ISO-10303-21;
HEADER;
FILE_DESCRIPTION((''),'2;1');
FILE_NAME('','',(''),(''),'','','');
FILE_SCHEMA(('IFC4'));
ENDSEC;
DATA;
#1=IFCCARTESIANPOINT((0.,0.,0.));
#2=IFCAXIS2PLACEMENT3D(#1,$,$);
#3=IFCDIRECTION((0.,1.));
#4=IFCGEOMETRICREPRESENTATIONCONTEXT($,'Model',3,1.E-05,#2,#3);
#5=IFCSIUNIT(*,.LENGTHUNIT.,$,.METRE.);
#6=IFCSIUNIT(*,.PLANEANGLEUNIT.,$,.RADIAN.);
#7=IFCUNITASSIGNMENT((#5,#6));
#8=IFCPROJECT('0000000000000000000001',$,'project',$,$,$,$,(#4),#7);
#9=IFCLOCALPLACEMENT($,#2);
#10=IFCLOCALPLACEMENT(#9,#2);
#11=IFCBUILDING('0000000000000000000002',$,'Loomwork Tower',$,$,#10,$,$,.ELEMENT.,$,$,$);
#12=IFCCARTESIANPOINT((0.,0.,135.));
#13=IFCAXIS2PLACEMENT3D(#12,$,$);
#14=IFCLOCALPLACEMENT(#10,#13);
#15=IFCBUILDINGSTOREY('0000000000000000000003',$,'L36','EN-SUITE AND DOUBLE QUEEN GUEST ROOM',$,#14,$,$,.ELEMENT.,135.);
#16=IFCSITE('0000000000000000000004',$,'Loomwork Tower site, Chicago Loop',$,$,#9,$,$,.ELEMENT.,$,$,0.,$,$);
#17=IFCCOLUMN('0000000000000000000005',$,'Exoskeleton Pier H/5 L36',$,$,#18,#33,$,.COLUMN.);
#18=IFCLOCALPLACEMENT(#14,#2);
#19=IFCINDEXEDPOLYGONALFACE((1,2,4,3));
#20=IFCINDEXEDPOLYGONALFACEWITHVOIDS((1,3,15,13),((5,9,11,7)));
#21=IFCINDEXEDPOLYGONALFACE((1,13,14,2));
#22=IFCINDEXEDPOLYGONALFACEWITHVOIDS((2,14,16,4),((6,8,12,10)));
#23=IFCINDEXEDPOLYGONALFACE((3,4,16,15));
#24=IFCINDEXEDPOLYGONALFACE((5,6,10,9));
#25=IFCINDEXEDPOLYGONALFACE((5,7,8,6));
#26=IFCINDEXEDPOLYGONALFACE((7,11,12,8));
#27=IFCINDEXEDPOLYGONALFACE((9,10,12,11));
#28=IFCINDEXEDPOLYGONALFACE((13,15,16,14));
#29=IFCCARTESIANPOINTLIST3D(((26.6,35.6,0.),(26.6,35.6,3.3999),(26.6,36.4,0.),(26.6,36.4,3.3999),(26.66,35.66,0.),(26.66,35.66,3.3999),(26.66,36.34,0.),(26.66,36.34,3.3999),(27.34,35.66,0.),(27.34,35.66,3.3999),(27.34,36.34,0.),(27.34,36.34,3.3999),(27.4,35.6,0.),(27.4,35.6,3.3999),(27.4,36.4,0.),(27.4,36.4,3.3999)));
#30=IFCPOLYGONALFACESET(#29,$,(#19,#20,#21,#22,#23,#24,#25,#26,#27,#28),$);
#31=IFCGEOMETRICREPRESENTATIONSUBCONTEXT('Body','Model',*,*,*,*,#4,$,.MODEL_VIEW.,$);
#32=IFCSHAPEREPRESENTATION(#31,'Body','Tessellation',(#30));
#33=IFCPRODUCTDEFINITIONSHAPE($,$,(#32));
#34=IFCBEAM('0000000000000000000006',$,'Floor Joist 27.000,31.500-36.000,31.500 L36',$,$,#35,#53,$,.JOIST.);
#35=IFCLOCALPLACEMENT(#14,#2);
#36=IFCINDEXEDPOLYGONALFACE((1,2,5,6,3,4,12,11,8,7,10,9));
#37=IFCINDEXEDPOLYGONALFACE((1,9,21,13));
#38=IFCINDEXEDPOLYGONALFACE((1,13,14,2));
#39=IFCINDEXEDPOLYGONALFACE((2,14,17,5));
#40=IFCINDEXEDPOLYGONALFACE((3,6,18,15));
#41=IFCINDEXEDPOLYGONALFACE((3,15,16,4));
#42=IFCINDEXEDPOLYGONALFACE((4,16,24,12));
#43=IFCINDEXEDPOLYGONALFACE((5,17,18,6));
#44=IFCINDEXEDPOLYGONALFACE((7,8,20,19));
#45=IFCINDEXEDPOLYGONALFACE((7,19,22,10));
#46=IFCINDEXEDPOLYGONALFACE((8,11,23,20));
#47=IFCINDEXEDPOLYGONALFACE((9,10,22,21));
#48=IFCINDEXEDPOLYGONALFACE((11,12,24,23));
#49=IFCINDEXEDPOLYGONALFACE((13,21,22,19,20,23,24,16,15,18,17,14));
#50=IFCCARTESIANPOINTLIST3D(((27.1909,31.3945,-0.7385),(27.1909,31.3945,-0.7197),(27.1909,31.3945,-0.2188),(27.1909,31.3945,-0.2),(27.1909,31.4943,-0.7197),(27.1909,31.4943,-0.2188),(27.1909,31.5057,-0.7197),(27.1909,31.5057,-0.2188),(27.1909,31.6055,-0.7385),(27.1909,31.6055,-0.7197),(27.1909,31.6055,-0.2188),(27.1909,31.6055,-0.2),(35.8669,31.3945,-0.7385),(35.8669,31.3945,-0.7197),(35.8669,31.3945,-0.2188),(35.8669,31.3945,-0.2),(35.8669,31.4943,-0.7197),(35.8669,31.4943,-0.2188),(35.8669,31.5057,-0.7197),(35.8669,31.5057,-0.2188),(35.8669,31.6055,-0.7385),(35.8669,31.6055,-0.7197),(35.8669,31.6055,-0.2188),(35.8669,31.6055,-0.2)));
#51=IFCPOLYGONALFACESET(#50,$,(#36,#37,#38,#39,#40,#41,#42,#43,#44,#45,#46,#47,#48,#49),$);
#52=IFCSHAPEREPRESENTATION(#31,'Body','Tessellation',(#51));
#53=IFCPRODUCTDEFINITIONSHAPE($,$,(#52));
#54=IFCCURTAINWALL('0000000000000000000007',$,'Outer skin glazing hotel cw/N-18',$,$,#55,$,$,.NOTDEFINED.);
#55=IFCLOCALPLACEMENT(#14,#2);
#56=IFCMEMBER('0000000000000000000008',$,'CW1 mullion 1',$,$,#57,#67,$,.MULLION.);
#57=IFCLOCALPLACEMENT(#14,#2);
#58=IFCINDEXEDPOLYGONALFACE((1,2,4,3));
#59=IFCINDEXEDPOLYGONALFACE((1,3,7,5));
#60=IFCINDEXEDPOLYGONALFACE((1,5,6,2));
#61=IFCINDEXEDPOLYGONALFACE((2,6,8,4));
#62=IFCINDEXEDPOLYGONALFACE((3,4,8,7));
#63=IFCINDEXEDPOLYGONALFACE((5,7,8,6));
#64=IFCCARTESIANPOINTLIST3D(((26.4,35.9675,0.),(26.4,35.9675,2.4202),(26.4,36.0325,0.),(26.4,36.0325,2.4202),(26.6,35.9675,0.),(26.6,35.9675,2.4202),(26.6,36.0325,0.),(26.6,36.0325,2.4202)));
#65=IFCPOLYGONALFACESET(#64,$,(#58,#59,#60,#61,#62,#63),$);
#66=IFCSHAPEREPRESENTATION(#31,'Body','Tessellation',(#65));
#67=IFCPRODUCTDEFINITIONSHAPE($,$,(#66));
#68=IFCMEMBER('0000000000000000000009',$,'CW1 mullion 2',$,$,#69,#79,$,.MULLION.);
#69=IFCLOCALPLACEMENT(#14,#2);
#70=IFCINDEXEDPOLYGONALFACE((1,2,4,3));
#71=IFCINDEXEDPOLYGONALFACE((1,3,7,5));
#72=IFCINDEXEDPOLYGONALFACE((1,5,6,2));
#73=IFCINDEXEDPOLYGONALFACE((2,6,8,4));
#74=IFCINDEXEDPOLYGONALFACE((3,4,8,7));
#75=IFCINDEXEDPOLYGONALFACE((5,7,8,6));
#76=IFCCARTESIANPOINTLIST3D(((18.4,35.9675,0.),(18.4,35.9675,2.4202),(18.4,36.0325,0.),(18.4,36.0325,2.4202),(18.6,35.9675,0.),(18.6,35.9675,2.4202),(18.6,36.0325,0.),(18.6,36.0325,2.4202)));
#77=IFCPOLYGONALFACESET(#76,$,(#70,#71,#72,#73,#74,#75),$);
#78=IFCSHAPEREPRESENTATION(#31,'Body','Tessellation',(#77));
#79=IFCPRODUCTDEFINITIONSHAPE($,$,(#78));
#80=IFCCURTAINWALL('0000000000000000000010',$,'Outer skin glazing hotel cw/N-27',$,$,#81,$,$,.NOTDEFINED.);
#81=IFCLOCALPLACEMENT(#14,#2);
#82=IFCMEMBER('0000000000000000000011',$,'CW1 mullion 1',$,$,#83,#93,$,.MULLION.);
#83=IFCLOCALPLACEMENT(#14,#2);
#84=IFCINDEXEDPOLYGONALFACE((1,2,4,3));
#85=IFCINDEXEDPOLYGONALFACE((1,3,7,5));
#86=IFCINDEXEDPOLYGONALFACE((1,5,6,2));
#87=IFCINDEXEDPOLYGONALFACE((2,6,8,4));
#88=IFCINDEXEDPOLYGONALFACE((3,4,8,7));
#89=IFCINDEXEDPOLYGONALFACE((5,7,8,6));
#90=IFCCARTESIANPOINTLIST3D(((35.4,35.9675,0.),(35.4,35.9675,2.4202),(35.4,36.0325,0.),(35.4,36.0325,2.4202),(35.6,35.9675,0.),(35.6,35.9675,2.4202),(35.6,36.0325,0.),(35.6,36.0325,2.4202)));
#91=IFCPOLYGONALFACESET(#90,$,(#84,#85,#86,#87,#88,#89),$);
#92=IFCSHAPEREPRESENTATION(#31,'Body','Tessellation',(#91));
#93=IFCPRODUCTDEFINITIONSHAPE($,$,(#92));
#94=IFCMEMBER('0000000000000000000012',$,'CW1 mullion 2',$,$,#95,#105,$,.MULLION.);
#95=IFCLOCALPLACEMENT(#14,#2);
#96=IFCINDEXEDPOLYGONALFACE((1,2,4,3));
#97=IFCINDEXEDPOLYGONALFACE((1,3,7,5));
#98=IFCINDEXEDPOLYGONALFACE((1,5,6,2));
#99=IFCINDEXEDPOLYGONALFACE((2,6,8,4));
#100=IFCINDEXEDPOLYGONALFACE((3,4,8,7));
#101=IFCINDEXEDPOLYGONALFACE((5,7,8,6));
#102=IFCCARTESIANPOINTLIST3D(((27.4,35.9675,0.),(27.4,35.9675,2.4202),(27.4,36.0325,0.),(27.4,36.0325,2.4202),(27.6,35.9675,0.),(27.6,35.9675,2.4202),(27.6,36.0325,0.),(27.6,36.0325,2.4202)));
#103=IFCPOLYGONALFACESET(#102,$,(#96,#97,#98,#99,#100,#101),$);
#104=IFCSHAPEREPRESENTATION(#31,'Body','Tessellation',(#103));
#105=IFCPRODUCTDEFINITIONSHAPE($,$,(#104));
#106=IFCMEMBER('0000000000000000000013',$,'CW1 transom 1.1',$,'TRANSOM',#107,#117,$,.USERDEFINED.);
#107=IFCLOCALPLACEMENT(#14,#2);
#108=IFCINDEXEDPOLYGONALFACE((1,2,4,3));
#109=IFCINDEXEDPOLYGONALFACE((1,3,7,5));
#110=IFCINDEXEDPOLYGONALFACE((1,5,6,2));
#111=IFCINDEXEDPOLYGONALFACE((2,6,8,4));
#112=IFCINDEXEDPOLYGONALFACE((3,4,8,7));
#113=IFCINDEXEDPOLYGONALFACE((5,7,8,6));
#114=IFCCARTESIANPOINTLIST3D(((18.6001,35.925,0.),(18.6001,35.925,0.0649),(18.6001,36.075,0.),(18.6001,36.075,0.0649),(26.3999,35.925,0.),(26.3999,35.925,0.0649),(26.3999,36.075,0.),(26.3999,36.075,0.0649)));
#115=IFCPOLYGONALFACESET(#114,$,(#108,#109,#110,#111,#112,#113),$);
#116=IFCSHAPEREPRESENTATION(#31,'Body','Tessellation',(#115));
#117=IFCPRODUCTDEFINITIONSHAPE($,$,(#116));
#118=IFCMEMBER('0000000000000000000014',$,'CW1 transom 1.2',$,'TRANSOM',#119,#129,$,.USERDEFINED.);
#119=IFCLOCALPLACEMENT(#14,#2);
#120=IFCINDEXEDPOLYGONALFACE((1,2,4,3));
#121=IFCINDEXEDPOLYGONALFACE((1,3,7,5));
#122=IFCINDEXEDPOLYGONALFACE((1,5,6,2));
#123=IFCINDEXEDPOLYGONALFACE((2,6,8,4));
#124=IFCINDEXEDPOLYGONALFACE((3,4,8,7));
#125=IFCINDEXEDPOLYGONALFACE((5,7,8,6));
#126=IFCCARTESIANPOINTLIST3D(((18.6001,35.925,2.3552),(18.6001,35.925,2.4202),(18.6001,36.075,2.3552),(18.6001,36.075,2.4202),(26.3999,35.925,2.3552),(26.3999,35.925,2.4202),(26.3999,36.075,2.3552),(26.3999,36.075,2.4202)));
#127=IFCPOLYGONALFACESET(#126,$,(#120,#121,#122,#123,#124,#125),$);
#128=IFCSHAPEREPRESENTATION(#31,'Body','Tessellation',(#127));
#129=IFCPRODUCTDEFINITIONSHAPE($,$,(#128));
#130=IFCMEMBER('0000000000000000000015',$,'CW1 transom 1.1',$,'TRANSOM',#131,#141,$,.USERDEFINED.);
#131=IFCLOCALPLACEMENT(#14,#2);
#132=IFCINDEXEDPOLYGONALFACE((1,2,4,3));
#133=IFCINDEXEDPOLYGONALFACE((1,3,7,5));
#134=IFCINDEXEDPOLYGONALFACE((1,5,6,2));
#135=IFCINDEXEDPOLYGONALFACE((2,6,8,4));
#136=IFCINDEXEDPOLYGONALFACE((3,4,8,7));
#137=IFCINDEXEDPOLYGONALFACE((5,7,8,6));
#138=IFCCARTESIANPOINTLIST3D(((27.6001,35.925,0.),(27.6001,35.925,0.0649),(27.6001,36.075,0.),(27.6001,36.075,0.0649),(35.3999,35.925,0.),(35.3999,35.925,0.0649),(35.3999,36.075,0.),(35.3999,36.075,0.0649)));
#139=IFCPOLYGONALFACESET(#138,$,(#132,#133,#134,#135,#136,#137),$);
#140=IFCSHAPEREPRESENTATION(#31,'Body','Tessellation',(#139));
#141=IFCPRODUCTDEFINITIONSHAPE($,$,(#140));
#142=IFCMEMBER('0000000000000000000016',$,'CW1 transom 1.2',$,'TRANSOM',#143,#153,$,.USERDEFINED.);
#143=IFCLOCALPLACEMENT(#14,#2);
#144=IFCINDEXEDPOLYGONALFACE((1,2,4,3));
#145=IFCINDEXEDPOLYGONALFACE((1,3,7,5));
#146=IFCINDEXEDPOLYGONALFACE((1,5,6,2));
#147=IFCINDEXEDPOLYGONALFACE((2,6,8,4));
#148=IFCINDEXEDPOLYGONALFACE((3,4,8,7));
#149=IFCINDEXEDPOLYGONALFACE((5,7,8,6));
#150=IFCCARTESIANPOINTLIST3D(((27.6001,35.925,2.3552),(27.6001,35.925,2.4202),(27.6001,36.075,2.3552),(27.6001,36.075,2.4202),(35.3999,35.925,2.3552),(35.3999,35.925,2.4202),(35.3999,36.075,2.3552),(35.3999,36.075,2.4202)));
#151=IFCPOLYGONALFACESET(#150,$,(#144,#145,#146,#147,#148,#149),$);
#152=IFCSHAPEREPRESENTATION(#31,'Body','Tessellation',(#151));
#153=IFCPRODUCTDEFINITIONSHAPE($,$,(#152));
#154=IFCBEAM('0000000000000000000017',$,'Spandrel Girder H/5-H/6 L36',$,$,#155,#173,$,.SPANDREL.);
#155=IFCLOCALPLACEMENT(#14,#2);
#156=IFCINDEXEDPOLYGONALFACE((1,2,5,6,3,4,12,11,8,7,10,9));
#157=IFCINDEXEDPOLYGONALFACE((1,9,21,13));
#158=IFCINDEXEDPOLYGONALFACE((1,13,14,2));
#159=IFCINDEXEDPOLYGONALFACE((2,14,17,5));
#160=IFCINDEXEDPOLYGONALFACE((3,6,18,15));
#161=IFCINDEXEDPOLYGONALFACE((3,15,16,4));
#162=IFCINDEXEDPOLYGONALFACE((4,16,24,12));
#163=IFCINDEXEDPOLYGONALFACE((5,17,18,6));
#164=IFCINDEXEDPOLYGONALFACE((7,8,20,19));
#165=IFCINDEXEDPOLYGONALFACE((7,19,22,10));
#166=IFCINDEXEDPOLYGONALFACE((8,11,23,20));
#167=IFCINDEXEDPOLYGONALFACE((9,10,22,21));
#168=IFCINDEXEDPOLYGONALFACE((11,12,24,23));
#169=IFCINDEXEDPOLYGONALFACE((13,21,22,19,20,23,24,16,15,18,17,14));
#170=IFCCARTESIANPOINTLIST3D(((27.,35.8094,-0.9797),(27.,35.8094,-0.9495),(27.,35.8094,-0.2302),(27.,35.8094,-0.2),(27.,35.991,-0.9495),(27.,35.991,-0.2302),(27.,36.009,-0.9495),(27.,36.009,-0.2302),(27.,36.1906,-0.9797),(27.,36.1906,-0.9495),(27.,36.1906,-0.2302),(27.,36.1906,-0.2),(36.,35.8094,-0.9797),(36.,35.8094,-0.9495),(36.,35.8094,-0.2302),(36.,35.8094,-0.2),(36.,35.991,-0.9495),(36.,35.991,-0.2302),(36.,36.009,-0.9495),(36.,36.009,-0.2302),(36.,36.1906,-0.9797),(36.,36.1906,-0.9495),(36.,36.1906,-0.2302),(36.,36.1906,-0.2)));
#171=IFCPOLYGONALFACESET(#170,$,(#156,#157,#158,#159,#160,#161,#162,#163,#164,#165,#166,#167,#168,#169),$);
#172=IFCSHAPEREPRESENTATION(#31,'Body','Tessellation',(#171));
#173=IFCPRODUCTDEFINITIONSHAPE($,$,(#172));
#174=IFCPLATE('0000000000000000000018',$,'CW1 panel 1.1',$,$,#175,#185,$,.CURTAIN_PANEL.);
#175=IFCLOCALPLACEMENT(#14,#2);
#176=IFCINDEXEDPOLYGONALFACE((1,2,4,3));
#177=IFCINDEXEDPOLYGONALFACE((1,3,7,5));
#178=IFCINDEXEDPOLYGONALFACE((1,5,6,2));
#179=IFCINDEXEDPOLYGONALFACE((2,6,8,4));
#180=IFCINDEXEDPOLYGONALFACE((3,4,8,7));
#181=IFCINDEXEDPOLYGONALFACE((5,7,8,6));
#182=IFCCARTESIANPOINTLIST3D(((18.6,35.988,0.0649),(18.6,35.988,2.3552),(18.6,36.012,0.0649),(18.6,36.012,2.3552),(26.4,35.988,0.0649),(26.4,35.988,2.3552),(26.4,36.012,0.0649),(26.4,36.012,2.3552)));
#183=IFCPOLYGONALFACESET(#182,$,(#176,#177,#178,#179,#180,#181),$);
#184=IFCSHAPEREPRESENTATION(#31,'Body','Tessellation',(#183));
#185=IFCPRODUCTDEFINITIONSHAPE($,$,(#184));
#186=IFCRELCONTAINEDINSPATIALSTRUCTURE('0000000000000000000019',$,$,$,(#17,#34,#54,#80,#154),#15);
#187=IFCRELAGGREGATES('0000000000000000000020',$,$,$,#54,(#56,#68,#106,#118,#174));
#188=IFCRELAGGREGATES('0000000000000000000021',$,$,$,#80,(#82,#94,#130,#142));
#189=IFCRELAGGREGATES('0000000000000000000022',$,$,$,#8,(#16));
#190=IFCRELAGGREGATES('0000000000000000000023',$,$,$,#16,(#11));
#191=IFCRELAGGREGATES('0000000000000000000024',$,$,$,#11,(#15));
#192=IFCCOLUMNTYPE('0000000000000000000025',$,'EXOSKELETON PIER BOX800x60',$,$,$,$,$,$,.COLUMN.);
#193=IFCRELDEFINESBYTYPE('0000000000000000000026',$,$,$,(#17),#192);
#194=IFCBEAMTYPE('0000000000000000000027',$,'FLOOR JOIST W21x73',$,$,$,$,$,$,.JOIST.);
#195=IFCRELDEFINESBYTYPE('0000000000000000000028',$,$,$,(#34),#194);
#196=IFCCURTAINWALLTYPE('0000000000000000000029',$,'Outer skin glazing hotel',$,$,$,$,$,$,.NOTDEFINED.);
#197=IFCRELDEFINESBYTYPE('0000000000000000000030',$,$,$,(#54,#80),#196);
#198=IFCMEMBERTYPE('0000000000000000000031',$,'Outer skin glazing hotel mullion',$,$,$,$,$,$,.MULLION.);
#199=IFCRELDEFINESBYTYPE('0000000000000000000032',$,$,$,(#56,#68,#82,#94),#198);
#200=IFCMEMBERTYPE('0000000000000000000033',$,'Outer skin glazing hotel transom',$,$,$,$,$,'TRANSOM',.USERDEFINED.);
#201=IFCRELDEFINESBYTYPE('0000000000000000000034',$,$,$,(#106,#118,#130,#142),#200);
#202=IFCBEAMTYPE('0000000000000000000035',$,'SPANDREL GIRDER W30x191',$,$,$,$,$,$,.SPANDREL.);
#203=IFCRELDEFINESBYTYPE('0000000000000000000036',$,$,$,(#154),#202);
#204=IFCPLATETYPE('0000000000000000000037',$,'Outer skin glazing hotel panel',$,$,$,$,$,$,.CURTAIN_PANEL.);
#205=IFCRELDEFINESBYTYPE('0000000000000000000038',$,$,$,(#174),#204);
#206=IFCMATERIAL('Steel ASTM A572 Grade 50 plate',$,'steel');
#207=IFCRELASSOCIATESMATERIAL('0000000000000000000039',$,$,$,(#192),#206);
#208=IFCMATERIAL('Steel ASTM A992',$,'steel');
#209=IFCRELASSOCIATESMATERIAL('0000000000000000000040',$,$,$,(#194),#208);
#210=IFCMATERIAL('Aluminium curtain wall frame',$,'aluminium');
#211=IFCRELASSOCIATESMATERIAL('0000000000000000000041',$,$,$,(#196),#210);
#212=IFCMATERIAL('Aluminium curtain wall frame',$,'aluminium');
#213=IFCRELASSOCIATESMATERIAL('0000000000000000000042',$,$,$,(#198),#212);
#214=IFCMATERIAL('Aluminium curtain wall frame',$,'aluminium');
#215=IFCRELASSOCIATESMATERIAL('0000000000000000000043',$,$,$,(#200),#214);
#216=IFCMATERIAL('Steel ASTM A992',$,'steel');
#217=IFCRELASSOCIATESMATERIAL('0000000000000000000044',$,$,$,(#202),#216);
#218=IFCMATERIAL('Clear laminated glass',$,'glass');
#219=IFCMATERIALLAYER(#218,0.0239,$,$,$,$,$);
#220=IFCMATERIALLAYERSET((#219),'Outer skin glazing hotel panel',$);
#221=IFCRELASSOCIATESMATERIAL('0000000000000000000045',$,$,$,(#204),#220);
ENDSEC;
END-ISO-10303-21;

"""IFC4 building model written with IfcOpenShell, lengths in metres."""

from ifc_helpers import new_model, si_unit, direction, frame, origin, origin_2d, place, context, subcontext, project, spatial, rectangle, hollow_rectangle, i_section, extrude, material, layer, layer_set, material_profile, profile_set, type_object, element, aggregate, save


model = new_model("IFC4")

# Units and contexts
model_context = context("Model", 3, precision=1e-05, world=origin(), true_north=direction((0.0, 1.0)))
body_context = subcontext(model_context, "Body", "Model", "MODEL_VIEW")
ifc_project = project(units=[si_unit("LENGTHUNIT", "METRE"), si_unit("PLANEANGLEUNIT", "RADIAN")], contexts=[model_context])

# Site, building, storey
site_placement = place(None, origin())
site = spatial("IfcSite", under=ifc_project, at=site_placement, Name="Loomwork Tower site, Chicago Loop", CompositionType="ELEMENT", RefElevation=0.0)
building_placement = place(site_placement, origin())
building = spatial("IfcBuilding", under=site, at=building_placement, Name="Loomwork Tower", CompositionType="ELEMENT")
storey_placement = place(building_placement, frame((0.0, 0.0, 135.0)))
storey = spatial("IfcBuildingStorey", under=building, at=storey_placement, Name="L36", Description="EN-SUITE AND DOUBLE QUEEN GUEST ROOM", CompositionType="ELEMENT", Elevation=135.0)

# Column
ifc_material_1 = material(Name="Steel ASTM A572 Grade 50 plate", Category="steel")
ifc_material_profile_1 = material_profile(ifc_material_1, hollow_rectangle(XDim=0.8, YDim=0.8, WallThickness=0.0601, at=origin_2d()), Name="BOX800x60")
ifc_profile_set_1 = profile_set([ifc_material_profile_1], Name="Steel ASTM A572 Grade 50 plate")
column_type = type_object("IfcColumnType", Name="EXOSKELETON PIER BOX800x60", PredefinedType="COLUMN", material=ifc_profile_set_1)
column_placement = place(storey_placement, frame((27.0, 36.0, 0.0), z_axis=(0.0, 0.0, 1.0), x_axis=(1.0, 0.0, 0.0)))
element("IfcColumn", 1, at=column_placement, inside=storey, type_object=column_type, Name="Exoskeleton Pier H/5 L36", PredefinedType="COLUMN", context=body_context, shape_type="SweptSolid", body=[
    extrude(hollow_rectangle(XDim=0.8, YDim=0.8, WallThickness=0.0601, at=origin_2d()), origin(), (0.0, 0.0, 1.0), 3.3999),
])

# Beam
ifc_material_2 = material(Name="Steel ASTM A992", Category="steel")
ifc_material_profile_2 = material_profile(ifc_material_2, i_section(OverallWidth=0.2109, OverallDepth=0.5386, WebThickness=0.0115, FlangeThickness=0.0188, at=origin_2d()), Name="W21x73")
ifc_profile_set_2 = profile_set([ifc_material_profile_2], Name="Steel ASTM A992")
beam_type_1 = type_object("IfcBeamType", Name="FLOOR JOIST W21x73", PredefinedType="JOIST", material=ifc_profile_set_2)
beam_1_placement = place(storey_placement, frame((27.1909, 31.5, -0.4692), z_axis=(1.0, 0.0, 0.0), x_axis=(0.0, 1.0, 0.0)))
element("IfcBeam", 2, at=beam_1_placement, inside=storey, type_object=beam_type_1, Name="Floor Joist 27.000,31.500-36.000,31.500 L36", PredefinedType="JOIST", context=body_context, shape_type="SweptSolid", body=[
    extrude(i_section(OverallWidth=0.2109, OverallDepth=0.5386, WebThickness=0.0115, FlangeThickness=0.0188, at=origin_2d()), origin(), (0.0, 0.0, 1.0), 8.676),
])

# Curtain walls, members
ifc_material_3 = material(Name="Aluminium curtain wall frame", Category="aluminium")
curtain_wall_type = type_object("IfcCurtainWallType", Name="Outer skin glazing hotel", PredefinedType="NOTDEFINED", material=ifc_material_3)
curtain_wall_1_placement = place(storey_placement, origin())
curtain_wall_1 = element("IfcCurtainWall", 3, at=curtain_wall_1_placement, inside=storey, type_object=curtain_wall_type, Name="Outer skin glazing hotel cw/N-18", PredefinedType="NOTDEFINED")
ifc_material_4 = material(Name="Aluminium curtain wall frame", Category="aluminium")
ifc_material_profile_3 = material_profile(ifc_material_4, rectangle(XDim=0.0649, YDim=0.2, at=origin_2d()), Name="AL 65x200")
ifc_profile_set_3 = profile_set([ifc_material_profile_3], Name="Aluminium curtain wall frame")
member_type_1 = type_object("IfcMemberType", Name="Outer skin glazing hotel mullion", PredefinedType="MULLION", material=ifc_profile_set_3)
member_1_placement = place(storey_placement, frame((26.5, 36.0, 0.0), z_axis=(0.0, 0.0, 1.0), x_axis=(0.0, -1.0, 0.0)))
member_1 = element("IfcMember", 4, at=member_1_placement, type_object=member_type_1, Name="CW1 mullion 1", PredefinedType="MULLION", context=body_context, shape_type="SweptSolid", body=[
    extrude(rectangle(XDim=0.0649, YDim=0.2, at=origin_2d()), origin(), (0.0, 0.0, 1.0), 2.4202),
])
member_2_placement = place(storey_placement, frame((18.5, 36.0, 0.0), z_axis=(0.0, 0.0, 1.0), x_axis=(0.0, -1.0, 0.0)))
member_2 = element("IfcMember", 5, at=member_2_placement, type_object=member_type_1, Name="CW1 mullion 2", PredefinedType="MULLION", context=body_context, shape_type="SweptSolid", body=[
    extrude(rectangle(XDim=0.0649, YDim=0.2, at=origin_2d()), origin(), (0.0, 0.0, 1.0), 2.4202),
])
curtain_wall_2_placement = place(storey_placement, origin())
curtain_wall_2 = element("IfcCurtainWall", 6, at=curtain_wall_2_placement, inside=storey, type_object=curtain_wall_type, Name="Outer skin glazing hotel cw/N-27", PredefinedType="NOTDEFINED")
member_3_placement = place(storey_placement, frame((35.5, 36.0, 0.0), z_axis=(0.0, 0.0, 1.0), x_axis=(0.0, -1.0, 0.0)))
member_3 = element("IfcMember", 7, at=member_3_placement, type_object=member_type_1, Name="CW1 mullion 1", PredefinedType="MULLION", context=body_context, shape_type="SweptSolid", body=[
    extrude(rectangle(XDim=0.0649, YDim=0.2, at=origin_2d()), origin(), (0.0, 0.0, 1.0), 2.4202),
])
member_4_placement = place(storey_placement, frame((27.5, 36.0, 0.0), z_axis=(0.0, 0.0, 1.0), x_axis=(0.0, -1.0, 0.0)))
member_4 = element("IfcMember", 8, at=member_4_placement, type_object=member_type_1, Name="CW1 mullion 2", PredefinedType="MULLION", context=body_context, shape_type="SweptSolid", body=[
    extrude(rectangle(XDim=0.0649, YDim=0.2, at=origin_2d()), origin(), (0.0, 0.0, 1.0), 2.4202),
])

# Members
ifc_material_5 = material(Name="Aluminium curtain wall frame", Category="aluminium")
ifc_material_profile_4 = material_profile(ifc_material_5, rectangle(XDim=0.1499, YDim=0.0649, at=origin_2d()), Name="AL 65x150")
ifc_profile_set_4 = profile_set([ifc_material_profile_4], Name="Aluminium curtain wall frame")
member_type_2 = type_object("IfcMemberType", Name="Outer skin glazing hotel transom", ElementType="TRANSOM", PredefinedType="USERDEFINED", material=ifc_profile_set_4)
member_5_placement = place(storey_placement, frame((26.3999, 36.0, 0.0325), z_axis=(-1.0, 0.0, 0.0), x_axis=(0.0, -1.0, 0.0)))
member_5 = element("IfcMember", 9, at=member_5_placement, type_object=member_type_2, Name="CW1 transom 1.1", ObjectType="TRANSOM", PredefinedType="USERDEFINED", context=body_context, shape_type="SweptSolid", body=[
    extrude(rectangle(XDim=0.1499, YDim=0.0649, at=origin_2d()), origin(), (0.0, 0.0, 1.0), 7.7998),
])
member_6_placement = place(storey_placement, frame((26.3999, 36.0, 2.3877), z_axis=(-1.0, 0.0, 0.0), x_axis=(0.0, -1.0, 0.0)))
member_6 = element("IfcMember", 10, at=member_6_placement, type_object=member_type_2, Name="CW1 transom 1.2", ObjectType="TRANSOM", PredefinedType="USERDEFINED", context=body_context, shape_type="SweptSolid", body=[
    extrude(rectangle(XDim=0.1499, YDim=0.0649, at=origin_2d()), origin(), (0.0, 0.0, 1.0), 7.7998),
])
member_7_placement = place(storey_placement, frame((35.3999, 36.0, 0.0325), z_axis=(-1.0, 0.0, 0.0), x_axis=(0.0, -1.0, 0.0)))
member_7 = element("IfcMember", 11, at=member_7_placement, type_object=member_type_2, Name="CW1 transom 1.1", ObjectType="TRANSOM", PredefinedType="USERDEFINED", context=body_context, shape_type="SweptSolid", body=[
    extrude(rectangle(XDim=0.1499, YDim=0.0649, at=origin_2d()), origin(), (0.0, 0.0, 1.0), 7.7998),
])
member_8_placement = place(storey_placement, frame((35.3999, 36.0, 2.3877), z_axis=(-1.0, 0.0, 0.0), x_axis=(0.0, -1.0, 0.0)))
member_8 = element("IfcMember", 12, at=member_8_placement, type_object=member_type_2, Name="CW1 transom 1.2", ObjectType="TRANSOM", PredefinedType="USERDEFINED", context=body_context, shape_type="SweptSolid", body=[
    extrude(rectangle(XDim=0.1499, YDim=0.0649, at=origin_2d()), origin(), (0.0, 0.0, 1.0), 7.7998),
])

# Beam
ifc_material_6 = material(Name="Steel ASTM A992", Category="steel")
ifc_material_profile_5 = material_profile(ifc_material_6, i_section(OverallWidth=0.3811, OverallDepth=0.7798, WebThickness=0.0181, FlangeThickness=0.0303, at=origin_2d()), Name="W30x191")
ifc_profile_set_5 = profile_set([ifc_material_profile_5], Name="Steel ASTM A992")
beam_type_2 = type_object("IfcBeamType", Name="SPANDREL GIRDER W30x191", PredefinedType="SPANDREL", material=ifc_profile_set_5)
beam_2_placement = place(storey_placement, frame((27.0, 36.0, -0.5898), z_axis=(1.0, 0.0, 0.0), x_axis=(0.0, 1.0, 0.0)))
element("IfcBeam", 13, at=beam_2_placement, inside=storey, type_object=beam_type_2, Name="Spandrel Girder H/5-H/6 L36", PredefinedType="SPANDREL", context=body_context, shape_type="SweptSolid", body=[
    extrude(i_section(OverallWidth=0.3811, OverallDepth=0.7798, WebThickness=0.0181, FlangeThickness=0.0303, at=origin_2d()), origin(), (0.0, 0.0, 1.0), 9.0),
])

# Plate
ifc_material_7 = material(Name="Clear laminated glass", Category="glass")
ifc_layer_1 = layer(ifc_material_7, 0.0239)
ifc_layer_set_1 = layer_set([ifc_layer_1], Name="Outer skin glazing hotel panel")
plate_type = type_object("IfcPlateType", Name="Outer skin glazing hotel panel", PredefinedType="CURTAIN_PANEL", material=ifc_layer_set_1)
plate_1_placement = place(storey_placement, frame((22.5, 36.0, 0.0649), z_axis=(0.0, 0.0, 1.0), x_axis=(-1.0, 0.0, 0.0)))
plate_1 = element("IfcPlate", 14, at=plate_1_placement, type_object=plate_type, Name="CW1 panel 1.1", PredefinedType="CURTAIN_PANEL", context=body_context, shape_type="SweptSolid", body=[
    extrude(rectangle(XDim=7.8, YDim=0.0239, at=origin_2d()), origin(), (0.0, 0.0, 1.0), 2.2903),
])
aggregate(curtain_wall_1, [member_1, member_2, member_5, member_6, plate_1])
aggregate(curtain_wall_2, [member_3, member_4, member_7, member_8])

save(model, "model.ifc")
